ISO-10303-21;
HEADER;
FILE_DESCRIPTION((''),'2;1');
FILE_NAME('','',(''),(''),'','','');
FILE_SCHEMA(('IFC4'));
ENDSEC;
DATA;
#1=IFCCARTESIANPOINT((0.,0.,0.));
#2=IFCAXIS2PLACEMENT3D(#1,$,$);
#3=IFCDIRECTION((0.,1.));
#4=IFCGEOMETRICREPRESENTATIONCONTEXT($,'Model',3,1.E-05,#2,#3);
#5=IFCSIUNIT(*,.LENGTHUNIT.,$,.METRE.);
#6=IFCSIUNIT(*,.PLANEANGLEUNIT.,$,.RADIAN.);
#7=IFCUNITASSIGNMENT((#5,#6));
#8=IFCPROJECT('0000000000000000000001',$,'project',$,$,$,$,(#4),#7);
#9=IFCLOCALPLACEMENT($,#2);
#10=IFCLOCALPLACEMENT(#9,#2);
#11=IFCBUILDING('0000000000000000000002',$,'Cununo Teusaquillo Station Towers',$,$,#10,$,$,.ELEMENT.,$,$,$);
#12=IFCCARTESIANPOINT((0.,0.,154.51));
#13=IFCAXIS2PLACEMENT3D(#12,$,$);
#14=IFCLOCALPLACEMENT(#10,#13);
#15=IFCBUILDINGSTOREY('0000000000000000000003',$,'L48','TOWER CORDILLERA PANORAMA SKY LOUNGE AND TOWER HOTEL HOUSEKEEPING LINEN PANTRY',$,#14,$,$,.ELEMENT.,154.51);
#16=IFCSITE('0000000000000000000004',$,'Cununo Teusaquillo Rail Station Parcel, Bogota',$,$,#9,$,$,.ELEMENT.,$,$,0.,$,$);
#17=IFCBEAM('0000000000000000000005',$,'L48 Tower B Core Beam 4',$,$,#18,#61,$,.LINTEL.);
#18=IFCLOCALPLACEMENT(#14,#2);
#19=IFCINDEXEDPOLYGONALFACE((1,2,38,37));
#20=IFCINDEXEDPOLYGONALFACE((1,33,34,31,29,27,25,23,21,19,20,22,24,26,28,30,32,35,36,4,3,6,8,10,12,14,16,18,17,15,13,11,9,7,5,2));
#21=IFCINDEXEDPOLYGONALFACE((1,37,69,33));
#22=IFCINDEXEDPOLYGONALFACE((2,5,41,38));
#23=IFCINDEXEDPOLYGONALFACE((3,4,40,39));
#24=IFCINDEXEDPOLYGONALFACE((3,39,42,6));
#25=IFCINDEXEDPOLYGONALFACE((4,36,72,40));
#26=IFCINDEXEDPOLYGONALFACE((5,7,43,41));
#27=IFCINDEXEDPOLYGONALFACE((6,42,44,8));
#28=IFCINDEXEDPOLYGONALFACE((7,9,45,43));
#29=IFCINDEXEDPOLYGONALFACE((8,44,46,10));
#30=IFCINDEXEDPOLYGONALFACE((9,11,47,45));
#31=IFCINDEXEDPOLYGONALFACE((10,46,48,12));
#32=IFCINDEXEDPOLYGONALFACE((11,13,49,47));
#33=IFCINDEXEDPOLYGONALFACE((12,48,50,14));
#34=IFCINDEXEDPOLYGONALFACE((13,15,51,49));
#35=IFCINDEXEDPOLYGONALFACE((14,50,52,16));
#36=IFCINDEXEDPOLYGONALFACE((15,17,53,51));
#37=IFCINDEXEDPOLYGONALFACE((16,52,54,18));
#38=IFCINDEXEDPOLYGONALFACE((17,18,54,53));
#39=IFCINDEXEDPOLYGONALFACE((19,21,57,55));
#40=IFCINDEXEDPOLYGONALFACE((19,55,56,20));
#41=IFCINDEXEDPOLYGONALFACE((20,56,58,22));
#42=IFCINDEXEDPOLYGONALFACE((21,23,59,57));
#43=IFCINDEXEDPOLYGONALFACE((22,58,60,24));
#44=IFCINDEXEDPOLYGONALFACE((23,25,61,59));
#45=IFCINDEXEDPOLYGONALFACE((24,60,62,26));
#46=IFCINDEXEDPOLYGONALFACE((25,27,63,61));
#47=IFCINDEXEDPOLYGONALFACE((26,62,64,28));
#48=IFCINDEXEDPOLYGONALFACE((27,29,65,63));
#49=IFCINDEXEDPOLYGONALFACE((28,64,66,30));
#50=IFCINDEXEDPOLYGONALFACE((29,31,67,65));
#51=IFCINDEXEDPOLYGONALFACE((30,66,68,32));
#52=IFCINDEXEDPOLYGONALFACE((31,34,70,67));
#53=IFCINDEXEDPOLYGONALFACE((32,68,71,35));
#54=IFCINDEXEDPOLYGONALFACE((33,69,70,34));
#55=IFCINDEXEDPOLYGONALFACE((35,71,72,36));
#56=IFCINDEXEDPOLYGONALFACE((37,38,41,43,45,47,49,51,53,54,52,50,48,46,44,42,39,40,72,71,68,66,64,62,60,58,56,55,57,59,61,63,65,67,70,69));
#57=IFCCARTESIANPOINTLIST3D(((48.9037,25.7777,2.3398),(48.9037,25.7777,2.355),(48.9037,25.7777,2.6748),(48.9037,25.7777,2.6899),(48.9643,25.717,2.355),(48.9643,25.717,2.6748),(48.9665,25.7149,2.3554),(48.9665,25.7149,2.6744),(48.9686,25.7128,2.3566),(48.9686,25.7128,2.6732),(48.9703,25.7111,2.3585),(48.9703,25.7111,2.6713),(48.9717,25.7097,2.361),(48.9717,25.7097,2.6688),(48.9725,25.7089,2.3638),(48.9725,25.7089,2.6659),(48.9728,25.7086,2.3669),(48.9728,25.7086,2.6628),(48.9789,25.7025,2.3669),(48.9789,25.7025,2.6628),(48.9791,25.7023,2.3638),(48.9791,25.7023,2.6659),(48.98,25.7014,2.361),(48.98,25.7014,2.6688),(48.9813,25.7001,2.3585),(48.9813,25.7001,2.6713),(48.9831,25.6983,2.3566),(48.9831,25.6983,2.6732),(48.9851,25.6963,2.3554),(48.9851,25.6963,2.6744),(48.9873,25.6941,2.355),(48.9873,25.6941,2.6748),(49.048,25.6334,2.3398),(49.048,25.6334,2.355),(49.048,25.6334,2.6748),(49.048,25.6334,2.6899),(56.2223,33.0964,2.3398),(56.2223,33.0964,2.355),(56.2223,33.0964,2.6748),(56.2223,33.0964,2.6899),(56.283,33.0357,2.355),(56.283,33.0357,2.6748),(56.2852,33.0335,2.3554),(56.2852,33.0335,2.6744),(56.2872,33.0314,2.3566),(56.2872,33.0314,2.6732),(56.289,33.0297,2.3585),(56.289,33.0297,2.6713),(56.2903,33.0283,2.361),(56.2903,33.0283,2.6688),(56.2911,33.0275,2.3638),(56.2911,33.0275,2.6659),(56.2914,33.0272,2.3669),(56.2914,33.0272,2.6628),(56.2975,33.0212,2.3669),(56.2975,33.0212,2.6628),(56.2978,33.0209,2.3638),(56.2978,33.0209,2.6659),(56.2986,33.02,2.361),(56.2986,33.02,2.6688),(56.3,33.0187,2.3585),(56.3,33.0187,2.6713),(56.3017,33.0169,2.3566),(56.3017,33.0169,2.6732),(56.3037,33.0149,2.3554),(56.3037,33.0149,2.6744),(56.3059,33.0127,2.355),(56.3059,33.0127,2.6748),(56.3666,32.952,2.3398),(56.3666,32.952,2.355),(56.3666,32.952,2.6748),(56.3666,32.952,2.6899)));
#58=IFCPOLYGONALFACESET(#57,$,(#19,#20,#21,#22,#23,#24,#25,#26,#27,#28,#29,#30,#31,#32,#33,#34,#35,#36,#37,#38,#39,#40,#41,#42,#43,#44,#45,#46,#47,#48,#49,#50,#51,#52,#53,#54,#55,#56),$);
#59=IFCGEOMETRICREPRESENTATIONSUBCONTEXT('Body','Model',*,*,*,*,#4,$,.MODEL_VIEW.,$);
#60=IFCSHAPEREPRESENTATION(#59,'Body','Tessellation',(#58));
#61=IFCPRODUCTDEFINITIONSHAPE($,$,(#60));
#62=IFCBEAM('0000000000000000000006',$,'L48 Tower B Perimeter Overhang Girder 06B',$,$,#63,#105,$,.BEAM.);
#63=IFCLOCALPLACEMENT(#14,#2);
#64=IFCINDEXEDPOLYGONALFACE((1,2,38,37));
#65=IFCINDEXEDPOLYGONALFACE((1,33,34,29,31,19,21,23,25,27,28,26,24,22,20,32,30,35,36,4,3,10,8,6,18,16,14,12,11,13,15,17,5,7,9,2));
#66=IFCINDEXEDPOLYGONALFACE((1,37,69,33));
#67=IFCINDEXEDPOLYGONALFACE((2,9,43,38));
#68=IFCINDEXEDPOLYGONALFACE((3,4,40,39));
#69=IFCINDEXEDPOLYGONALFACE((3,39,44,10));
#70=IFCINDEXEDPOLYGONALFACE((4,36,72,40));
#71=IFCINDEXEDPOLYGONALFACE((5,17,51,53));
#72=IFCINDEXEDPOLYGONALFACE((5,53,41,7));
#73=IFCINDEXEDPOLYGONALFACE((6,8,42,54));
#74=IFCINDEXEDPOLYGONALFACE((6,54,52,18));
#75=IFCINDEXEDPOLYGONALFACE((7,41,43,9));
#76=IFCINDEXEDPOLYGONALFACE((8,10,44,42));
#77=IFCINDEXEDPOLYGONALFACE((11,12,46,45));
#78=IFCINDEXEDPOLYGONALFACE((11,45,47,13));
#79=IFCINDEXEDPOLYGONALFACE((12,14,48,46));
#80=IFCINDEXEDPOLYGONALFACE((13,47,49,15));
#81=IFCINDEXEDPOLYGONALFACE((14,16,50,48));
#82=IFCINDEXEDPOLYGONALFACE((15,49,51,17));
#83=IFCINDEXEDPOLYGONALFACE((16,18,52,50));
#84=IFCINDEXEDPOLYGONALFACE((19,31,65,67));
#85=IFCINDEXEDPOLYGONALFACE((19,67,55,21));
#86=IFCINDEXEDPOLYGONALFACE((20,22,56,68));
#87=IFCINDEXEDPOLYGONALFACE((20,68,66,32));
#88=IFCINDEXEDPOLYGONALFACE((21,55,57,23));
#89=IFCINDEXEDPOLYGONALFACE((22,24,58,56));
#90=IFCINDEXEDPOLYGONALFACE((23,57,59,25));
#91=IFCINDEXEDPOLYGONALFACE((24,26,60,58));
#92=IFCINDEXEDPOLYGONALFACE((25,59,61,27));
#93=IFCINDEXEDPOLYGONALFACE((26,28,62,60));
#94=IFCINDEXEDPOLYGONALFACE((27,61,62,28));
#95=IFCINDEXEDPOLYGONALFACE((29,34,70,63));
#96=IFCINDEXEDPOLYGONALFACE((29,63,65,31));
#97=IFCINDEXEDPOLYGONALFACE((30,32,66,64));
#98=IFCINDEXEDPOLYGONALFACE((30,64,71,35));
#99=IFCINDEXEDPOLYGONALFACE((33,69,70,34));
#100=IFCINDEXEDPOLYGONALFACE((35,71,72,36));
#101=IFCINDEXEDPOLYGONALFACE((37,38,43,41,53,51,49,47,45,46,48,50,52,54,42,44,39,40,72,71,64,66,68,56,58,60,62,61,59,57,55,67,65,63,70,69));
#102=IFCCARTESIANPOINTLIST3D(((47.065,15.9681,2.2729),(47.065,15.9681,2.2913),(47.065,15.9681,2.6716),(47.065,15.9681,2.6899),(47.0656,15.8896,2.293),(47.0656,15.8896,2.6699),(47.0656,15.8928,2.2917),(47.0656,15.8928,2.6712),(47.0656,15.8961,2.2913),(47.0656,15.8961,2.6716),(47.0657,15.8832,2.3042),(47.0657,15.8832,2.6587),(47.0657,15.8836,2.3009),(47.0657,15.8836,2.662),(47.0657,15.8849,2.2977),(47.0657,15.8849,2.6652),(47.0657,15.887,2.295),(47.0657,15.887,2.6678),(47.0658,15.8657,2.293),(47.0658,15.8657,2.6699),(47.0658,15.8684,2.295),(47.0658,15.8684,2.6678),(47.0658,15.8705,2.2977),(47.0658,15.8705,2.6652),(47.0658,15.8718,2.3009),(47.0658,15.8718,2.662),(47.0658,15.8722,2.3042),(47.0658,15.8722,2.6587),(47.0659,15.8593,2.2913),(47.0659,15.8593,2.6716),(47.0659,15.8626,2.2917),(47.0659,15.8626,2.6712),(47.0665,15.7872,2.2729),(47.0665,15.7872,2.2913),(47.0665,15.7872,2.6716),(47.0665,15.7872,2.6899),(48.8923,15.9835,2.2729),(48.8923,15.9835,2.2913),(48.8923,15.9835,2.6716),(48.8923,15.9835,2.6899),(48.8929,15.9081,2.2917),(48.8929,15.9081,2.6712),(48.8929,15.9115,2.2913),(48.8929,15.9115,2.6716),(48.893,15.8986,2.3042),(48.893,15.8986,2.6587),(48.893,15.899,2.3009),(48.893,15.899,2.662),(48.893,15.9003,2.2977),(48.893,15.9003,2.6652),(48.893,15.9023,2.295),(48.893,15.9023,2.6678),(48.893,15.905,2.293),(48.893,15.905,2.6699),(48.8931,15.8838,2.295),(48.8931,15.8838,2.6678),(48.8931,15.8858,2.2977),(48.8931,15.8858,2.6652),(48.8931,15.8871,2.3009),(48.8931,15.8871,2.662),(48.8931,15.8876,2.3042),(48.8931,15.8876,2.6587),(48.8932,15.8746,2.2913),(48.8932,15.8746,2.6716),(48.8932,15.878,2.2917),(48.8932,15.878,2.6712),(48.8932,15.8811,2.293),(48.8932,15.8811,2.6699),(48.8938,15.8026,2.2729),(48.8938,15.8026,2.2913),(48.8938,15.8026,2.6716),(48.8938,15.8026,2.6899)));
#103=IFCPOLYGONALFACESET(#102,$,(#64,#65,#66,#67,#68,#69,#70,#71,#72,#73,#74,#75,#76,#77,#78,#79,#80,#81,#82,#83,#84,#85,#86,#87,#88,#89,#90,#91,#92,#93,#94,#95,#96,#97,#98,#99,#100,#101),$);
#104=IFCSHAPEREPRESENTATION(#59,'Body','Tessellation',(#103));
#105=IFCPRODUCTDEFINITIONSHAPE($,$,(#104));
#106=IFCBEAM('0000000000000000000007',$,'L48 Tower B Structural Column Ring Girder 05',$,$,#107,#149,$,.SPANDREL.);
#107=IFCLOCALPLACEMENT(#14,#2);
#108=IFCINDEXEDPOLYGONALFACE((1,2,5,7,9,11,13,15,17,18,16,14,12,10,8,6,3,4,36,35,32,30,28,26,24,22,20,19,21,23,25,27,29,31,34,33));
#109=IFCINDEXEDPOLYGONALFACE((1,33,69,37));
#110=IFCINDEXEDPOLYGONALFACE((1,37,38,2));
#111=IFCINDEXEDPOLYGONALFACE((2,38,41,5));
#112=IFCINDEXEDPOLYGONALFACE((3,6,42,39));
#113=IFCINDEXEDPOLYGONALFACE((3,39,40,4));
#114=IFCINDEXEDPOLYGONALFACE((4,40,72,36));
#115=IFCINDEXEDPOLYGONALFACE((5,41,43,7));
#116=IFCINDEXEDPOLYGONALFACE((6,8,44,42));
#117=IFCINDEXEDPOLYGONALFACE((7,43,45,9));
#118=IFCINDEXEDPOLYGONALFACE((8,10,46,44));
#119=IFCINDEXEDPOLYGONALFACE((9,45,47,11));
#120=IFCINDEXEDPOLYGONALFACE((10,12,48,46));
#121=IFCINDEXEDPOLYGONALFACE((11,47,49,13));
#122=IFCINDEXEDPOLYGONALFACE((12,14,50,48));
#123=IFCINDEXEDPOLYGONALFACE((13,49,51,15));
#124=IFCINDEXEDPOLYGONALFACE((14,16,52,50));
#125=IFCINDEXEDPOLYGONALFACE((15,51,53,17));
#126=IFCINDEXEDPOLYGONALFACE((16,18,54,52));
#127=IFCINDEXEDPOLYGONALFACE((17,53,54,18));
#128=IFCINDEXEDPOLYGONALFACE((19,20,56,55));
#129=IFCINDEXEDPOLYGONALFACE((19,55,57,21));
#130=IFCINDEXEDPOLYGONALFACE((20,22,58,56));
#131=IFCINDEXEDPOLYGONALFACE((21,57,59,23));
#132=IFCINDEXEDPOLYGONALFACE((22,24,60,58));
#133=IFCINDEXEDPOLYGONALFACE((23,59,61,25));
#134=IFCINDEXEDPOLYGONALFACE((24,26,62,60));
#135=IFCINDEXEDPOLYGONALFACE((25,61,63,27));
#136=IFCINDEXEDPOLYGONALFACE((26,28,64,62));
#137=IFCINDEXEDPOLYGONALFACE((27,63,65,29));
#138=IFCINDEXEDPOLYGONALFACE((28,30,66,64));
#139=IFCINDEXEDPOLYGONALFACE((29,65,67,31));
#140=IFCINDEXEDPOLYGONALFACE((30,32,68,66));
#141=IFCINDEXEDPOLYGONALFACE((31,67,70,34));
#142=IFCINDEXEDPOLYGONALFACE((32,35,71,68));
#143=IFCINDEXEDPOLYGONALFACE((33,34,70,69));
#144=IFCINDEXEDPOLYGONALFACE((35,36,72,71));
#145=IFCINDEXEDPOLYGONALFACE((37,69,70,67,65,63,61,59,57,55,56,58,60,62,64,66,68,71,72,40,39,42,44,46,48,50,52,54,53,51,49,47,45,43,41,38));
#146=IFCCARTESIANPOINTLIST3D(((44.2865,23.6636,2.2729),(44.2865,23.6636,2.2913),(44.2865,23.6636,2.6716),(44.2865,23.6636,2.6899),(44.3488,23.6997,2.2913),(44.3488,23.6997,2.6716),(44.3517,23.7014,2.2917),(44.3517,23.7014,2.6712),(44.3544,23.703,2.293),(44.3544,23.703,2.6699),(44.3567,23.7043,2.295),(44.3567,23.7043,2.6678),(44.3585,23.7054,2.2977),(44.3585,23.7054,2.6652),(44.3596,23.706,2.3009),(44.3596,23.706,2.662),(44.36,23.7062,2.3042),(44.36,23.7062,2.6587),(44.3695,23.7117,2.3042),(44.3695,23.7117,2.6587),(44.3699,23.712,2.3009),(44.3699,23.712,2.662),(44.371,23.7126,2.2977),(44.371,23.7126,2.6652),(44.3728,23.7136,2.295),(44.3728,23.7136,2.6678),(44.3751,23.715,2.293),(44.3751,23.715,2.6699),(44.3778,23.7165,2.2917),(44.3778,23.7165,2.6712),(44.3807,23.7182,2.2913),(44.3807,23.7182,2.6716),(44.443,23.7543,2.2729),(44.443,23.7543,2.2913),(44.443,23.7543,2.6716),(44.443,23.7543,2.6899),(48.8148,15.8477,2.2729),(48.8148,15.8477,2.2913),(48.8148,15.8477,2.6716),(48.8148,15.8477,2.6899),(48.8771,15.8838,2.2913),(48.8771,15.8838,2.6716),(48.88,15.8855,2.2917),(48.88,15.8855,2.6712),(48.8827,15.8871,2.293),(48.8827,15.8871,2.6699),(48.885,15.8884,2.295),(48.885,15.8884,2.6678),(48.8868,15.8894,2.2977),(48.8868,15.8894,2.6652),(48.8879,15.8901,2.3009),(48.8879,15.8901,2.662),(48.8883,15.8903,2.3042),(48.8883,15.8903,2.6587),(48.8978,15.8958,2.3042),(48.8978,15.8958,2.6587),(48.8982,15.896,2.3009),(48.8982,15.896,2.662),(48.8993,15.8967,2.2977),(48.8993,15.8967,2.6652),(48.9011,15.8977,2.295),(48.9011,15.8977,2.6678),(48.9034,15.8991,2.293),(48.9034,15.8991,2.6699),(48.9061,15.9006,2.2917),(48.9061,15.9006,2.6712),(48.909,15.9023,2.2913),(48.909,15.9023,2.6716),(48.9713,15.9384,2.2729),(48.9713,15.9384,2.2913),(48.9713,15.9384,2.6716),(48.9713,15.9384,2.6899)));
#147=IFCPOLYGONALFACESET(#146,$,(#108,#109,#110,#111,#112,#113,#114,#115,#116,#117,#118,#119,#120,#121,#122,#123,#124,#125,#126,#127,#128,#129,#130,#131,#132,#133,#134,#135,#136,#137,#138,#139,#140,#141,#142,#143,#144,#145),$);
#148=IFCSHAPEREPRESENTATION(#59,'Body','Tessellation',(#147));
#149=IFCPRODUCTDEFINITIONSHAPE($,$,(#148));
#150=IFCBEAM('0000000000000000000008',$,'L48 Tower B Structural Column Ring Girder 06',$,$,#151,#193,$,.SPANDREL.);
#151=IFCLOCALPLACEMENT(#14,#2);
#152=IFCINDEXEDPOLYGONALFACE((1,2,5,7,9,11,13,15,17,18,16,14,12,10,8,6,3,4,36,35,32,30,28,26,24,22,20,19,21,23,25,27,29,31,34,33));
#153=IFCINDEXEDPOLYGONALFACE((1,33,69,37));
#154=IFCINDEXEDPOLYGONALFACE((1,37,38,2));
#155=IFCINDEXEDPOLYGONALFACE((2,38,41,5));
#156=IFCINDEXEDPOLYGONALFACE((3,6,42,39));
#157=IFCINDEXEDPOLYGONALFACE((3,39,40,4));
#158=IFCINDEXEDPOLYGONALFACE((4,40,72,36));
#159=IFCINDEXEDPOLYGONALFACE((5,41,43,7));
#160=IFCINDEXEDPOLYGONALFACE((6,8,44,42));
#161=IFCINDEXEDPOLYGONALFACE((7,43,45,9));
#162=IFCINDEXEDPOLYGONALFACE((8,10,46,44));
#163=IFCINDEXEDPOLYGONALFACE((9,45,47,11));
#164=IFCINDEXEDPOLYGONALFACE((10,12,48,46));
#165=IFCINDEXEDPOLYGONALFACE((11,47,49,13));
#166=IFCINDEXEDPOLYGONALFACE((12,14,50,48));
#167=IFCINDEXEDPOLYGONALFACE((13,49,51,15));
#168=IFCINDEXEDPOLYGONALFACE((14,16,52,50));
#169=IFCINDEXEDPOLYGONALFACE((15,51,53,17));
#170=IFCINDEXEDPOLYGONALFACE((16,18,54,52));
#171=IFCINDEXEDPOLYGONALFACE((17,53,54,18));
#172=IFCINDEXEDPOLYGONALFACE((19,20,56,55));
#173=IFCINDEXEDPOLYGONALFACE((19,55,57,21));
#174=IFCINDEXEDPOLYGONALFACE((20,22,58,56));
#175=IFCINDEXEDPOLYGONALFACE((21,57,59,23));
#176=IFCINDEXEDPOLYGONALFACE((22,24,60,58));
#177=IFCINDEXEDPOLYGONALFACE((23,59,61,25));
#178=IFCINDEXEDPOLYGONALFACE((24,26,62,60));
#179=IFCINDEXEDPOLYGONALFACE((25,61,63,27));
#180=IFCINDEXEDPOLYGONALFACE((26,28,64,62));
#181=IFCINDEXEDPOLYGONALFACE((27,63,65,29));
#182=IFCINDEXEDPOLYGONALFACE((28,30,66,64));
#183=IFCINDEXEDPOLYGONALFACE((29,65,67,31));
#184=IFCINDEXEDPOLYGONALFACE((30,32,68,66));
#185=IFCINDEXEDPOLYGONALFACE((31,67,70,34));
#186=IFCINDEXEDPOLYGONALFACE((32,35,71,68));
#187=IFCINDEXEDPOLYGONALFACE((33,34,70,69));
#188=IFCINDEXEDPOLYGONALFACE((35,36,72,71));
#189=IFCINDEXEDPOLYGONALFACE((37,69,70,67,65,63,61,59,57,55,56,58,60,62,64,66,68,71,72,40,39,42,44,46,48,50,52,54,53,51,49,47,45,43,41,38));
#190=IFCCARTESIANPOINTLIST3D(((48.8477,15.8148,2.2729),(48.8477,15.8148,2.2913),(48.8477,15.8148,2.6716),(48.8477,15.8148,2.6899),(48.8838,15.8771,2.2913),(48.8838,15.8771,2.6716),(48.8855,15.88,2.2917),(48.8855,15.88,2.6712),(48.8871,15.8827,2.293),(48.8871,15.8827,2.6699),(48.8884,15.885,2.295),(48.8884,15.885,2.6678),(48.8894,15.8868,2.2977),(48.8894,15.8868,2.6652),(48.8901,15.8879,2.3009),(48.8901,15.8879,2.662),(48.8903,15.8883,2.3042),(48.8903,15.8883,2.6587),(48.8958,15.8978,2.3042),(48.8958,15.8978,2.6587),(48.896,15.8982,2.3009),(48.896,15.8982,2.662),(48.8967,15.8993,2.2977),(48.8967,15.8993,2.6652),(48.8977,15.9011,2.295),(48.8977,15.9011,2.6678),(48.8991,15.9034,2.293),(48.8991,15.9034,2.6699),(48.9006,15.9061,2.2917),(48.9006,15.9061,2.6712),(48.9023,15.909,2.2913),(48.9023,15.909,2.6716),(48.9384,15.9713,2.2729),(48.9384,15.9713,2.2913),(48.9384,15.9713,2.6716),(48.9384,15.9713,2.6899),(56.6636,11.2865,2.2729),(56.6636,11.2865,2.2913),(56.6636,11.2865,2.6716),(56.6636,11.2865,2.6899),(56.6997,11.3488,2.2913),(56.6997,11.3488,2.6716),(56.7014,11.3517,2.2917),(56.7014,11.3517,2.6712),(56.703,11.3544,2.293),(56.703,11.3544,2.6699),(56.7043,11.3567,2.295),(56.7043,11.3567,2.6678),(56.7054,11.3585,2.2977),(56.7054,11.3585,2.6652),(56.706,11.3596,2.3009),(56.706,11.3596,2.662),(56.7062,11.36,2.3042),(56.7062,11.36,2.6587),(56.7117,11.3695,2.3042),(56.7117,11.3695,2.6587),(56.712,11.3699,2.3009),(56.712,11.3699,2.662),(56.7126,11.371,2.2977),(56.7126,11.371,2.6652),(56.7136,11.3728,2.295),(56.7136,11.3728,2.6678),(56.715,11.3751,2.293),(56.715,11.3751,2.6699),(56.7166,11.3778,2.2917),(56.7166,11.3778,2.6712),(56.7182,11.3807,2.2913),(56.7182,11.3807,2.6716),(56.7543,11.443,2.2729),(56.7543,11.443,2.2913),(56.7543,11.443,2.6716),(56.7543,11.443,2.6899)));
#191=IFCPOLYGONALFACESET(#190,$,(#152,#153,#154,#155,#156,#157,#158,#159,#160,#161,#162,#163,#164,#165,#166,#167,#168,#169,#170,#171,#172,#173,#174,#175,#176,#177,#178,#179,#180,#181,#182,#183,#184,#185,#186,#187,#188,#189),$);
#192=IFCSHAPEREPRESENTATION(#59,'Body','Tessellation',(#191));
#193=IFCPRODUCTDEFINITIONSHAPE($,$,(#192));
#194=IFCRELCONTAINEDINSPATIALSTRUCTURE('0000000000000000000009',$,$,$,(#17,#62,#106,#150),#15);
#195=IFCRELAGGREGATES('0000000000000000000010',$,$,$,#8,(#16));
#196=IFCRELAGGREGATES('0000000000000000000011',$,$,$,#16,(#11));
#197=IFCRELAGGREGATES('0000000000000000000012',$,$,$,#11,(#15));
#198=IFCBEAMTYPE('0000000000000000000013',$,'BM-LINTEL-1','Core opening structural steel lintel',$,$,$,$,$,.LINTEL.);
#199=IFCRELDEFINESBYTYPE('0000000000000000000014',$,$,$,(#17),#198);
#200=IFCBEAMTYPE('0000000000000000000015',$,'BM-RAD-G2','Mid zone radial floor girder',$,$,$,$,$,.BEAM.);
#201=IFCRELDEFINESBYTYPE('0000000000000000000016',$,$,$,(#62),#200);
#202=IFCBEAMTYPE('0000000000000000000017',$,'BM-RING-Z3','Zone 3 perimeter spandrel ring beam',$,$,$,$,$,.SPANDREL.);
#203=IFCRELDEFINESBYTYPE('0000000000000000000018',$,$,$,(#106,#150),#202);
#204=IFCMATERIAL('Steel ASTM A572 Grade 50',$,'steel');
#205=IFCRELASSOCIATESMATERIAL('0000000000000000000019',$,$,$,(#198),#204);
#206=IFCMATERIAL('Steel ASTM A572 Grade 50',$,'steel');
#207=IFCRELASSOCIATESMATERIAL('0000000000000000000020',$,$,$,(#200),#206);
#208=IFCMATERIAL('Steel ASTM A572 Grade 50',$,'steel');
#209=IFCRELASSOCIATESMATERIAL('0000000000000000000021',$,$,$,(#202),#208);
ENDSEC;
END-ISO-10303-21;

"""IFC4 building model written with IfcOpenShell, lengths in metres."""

from ifc_helpers import new_model, si_unit, direction, frame, origin, origin_2d, place, context, subcontext, project, spatial, i_section, extrude, material, material_profile, profile_set, type_object, element, save


model = new_model("IFC4")

# Units and contexts
model_context = context("Model", 3, precision=1e-05, world=origin(), true_north=direction((0.0, 1.0)))
body_context = subcontext(model_context, "Body", "Model", "MODEL_VIEW")
ifc_project = project(units=[si_unit("LENGTHUNIT", "METRE"), si_unit("PLANEANGLEUNIT", "RADIAN")], contexts=[model_context])

# Site, building, storey
site_placement = place(None, origin())
site = spatial("IfcSite", under=ifc_project, at=site_placement, Name="Cununo Teusaquillo Rail Station Parcel, Bogota", CompositionType="ELEMENT", RefElevation=0.0)
building_placement = place(site_placement, origin())
building = spatial("IfcBuilding", under=site, at=building_placement, Name="Cununo Teusaquillo Station Towers", CompositionType="ELEMENT")
storey_placement = place(building_placement, frame((0.0, 0.0, 154.51)))
storey = spatial("IfcBuildingStorey", under=building, at=storey_placement, Name="L48", Description="TOWER CORDILLERA PANORAMA SKY LOUNGE AND TOWER HOTEL HOUSEKEEPING LINEN PANTRY", CompositionType="ELEMENT", Elevation=154.51)

# Beams
ifc_material_1 = material(Name="Steel ASTM A572 Grade 50", Category="steel")
ifc_material_profile_1 = material_profile(ifc_material_1, i_section(OverallWidth=0.2041, OverallDepth=0.3501, WebThickness=0.0085, FlangeThickness=0.0151, FilletRadius=0.012, at=origin_2d()), Name="W14X48")
ifc_profile_set_1 = profile_set([ifc_material_profile_1], Name="Steel ASTM A572 Grade 50")
beam_type_1 = type_object("IfcBeamType", Name="BM-LINTEL-1", Description="Core opening structural steel lintel", PredefinedType="LINTEL", material=ifc_profile_set_1)
beam_1_placement = place(storey_placement, frame((48.9758, 25.7056, 2.5149), z_axis=(0.707107, 0.707107, 0.0), x_axis=(-0.707107, 0.707107, 0.0)))
element("IfcBeam", 1, at=beam_1_placement, inside=storey, type_object=beam_type_1, Name="L48 Tower B Core Beam 4", PredefinedType="LINTEL", context=body_context, shape_type="SweptSolid", body=[
    extrude(i_section(OverallWidth=0.2041, OverallDepth=0.3501, WebThickness=0.0085, FlangeThickness=0.0151, FilletRadius=0.012, at=origin_2d()), origin(), (0.0, 0.0, 1.0), 10.3501),
])
ifc_material_2 = material(Name="Steel ASTM A572 Grade 50", Category="steel")
ifc_material_profile_2 = material_profile(ifc_material_2, i_section(OverallWidth=0.1809, OverallDepth=0.417, WebThickness=0.011, FlangeThickness=0.0183, FilletRadius=0.0129, at=origin_2d()), Name="W16X57")
ifc_profile_set_2 = profile_set([ifc_material_profile_2], Name="Steel ASTM A572 Grade 50")
beam_type_2 = type_object("IfcBeamType", Name="BM-RAD-G2", Description="Mid zone radial floor girder", PredefinedType="BEAM", material=ifc_profile_set_2)
beam_2_placement = place(storey_placement, frame((48.8931, 15.8931, 2.4814), z_axis=(-0.999965, -0.008417, 0.0), x_axis=(0.008417, -0.999965, 0.0)))
element("IfcBeam", 2, at=beam_2_placement, inside=storey, type_object=beam_type_2, Name="L48 Tower B Perimeter Overhang Girder 06B", PredefinedType="BEAM", context=body_context, shape_type="SweptSolid", body=[
    extrude(i_section(OverallWidth=0.1809, OverallDepth=0.417, WebThickness=0.011, FlangeThickness=0.0183, FilletRadius=0.0129, at=origin_2d()), origin(), (0.0, 0.0, 1.0), 1.8274),
])
ifc_material_3 = material(Name="Steel ASTM A572 Grade 50", Category="steel")
ifc_material_profile_3 = material_profile(ifc_material_3, i_section(OverallWidth=0.1809, OverallDepth=0.417, WebThickness=0.011, FlangeThickness=0.0183, FilletRadius=0.0129, at=origin_2d()), Name="W16X57")
ifc_profile_set_3 = profile_set([ifc_material_profile_3], Name="Steel ASTM A572 Grade 50")
beam_type_3 = type_object("IfcBeamType", Name="BM-RING-Z3", Description="Zone 3 perimeter spandrel ring beam", PredefinedType="SPANDREL", material=ifc_profile_set_3)
for number, where, z_axis, x_axis, name in (
    (3, (44.3647, 23.709, 2.4814), (0.501311, -0.865267, 0.0), (0.865267, 0.501311, 0.0), "L48 Tower B Structural Column Ring Girder 05"),
    (4, (48.8931, 15.8931, 2.4814), (0.865267, -0.501311, 0.0), (0.501311, 0.865267, 0.0), "L48 Tower B Structural Column Ring Girder 06"),
):
    element("IfcBeam", number, at=place(storey_placement, frame(where, z_axis=z_axis, x_axis=x_axis)), inside=storey, type_object=beam_type_3, Name=name, PredefinedType="SPANDREL", context=body_context, shape_type="SweptSolid", body=[
        extrude(i_section(OverallWidth=0.1809, OverallDepth=0.417, WebThickness=0.011, FlangeThickness=0.0183, FilletRadius=0.0129, at=origin_2d()), origin(), (0.0, 0.0, 1.0), 9.033),
    ])

save(model, "model.ifc")
